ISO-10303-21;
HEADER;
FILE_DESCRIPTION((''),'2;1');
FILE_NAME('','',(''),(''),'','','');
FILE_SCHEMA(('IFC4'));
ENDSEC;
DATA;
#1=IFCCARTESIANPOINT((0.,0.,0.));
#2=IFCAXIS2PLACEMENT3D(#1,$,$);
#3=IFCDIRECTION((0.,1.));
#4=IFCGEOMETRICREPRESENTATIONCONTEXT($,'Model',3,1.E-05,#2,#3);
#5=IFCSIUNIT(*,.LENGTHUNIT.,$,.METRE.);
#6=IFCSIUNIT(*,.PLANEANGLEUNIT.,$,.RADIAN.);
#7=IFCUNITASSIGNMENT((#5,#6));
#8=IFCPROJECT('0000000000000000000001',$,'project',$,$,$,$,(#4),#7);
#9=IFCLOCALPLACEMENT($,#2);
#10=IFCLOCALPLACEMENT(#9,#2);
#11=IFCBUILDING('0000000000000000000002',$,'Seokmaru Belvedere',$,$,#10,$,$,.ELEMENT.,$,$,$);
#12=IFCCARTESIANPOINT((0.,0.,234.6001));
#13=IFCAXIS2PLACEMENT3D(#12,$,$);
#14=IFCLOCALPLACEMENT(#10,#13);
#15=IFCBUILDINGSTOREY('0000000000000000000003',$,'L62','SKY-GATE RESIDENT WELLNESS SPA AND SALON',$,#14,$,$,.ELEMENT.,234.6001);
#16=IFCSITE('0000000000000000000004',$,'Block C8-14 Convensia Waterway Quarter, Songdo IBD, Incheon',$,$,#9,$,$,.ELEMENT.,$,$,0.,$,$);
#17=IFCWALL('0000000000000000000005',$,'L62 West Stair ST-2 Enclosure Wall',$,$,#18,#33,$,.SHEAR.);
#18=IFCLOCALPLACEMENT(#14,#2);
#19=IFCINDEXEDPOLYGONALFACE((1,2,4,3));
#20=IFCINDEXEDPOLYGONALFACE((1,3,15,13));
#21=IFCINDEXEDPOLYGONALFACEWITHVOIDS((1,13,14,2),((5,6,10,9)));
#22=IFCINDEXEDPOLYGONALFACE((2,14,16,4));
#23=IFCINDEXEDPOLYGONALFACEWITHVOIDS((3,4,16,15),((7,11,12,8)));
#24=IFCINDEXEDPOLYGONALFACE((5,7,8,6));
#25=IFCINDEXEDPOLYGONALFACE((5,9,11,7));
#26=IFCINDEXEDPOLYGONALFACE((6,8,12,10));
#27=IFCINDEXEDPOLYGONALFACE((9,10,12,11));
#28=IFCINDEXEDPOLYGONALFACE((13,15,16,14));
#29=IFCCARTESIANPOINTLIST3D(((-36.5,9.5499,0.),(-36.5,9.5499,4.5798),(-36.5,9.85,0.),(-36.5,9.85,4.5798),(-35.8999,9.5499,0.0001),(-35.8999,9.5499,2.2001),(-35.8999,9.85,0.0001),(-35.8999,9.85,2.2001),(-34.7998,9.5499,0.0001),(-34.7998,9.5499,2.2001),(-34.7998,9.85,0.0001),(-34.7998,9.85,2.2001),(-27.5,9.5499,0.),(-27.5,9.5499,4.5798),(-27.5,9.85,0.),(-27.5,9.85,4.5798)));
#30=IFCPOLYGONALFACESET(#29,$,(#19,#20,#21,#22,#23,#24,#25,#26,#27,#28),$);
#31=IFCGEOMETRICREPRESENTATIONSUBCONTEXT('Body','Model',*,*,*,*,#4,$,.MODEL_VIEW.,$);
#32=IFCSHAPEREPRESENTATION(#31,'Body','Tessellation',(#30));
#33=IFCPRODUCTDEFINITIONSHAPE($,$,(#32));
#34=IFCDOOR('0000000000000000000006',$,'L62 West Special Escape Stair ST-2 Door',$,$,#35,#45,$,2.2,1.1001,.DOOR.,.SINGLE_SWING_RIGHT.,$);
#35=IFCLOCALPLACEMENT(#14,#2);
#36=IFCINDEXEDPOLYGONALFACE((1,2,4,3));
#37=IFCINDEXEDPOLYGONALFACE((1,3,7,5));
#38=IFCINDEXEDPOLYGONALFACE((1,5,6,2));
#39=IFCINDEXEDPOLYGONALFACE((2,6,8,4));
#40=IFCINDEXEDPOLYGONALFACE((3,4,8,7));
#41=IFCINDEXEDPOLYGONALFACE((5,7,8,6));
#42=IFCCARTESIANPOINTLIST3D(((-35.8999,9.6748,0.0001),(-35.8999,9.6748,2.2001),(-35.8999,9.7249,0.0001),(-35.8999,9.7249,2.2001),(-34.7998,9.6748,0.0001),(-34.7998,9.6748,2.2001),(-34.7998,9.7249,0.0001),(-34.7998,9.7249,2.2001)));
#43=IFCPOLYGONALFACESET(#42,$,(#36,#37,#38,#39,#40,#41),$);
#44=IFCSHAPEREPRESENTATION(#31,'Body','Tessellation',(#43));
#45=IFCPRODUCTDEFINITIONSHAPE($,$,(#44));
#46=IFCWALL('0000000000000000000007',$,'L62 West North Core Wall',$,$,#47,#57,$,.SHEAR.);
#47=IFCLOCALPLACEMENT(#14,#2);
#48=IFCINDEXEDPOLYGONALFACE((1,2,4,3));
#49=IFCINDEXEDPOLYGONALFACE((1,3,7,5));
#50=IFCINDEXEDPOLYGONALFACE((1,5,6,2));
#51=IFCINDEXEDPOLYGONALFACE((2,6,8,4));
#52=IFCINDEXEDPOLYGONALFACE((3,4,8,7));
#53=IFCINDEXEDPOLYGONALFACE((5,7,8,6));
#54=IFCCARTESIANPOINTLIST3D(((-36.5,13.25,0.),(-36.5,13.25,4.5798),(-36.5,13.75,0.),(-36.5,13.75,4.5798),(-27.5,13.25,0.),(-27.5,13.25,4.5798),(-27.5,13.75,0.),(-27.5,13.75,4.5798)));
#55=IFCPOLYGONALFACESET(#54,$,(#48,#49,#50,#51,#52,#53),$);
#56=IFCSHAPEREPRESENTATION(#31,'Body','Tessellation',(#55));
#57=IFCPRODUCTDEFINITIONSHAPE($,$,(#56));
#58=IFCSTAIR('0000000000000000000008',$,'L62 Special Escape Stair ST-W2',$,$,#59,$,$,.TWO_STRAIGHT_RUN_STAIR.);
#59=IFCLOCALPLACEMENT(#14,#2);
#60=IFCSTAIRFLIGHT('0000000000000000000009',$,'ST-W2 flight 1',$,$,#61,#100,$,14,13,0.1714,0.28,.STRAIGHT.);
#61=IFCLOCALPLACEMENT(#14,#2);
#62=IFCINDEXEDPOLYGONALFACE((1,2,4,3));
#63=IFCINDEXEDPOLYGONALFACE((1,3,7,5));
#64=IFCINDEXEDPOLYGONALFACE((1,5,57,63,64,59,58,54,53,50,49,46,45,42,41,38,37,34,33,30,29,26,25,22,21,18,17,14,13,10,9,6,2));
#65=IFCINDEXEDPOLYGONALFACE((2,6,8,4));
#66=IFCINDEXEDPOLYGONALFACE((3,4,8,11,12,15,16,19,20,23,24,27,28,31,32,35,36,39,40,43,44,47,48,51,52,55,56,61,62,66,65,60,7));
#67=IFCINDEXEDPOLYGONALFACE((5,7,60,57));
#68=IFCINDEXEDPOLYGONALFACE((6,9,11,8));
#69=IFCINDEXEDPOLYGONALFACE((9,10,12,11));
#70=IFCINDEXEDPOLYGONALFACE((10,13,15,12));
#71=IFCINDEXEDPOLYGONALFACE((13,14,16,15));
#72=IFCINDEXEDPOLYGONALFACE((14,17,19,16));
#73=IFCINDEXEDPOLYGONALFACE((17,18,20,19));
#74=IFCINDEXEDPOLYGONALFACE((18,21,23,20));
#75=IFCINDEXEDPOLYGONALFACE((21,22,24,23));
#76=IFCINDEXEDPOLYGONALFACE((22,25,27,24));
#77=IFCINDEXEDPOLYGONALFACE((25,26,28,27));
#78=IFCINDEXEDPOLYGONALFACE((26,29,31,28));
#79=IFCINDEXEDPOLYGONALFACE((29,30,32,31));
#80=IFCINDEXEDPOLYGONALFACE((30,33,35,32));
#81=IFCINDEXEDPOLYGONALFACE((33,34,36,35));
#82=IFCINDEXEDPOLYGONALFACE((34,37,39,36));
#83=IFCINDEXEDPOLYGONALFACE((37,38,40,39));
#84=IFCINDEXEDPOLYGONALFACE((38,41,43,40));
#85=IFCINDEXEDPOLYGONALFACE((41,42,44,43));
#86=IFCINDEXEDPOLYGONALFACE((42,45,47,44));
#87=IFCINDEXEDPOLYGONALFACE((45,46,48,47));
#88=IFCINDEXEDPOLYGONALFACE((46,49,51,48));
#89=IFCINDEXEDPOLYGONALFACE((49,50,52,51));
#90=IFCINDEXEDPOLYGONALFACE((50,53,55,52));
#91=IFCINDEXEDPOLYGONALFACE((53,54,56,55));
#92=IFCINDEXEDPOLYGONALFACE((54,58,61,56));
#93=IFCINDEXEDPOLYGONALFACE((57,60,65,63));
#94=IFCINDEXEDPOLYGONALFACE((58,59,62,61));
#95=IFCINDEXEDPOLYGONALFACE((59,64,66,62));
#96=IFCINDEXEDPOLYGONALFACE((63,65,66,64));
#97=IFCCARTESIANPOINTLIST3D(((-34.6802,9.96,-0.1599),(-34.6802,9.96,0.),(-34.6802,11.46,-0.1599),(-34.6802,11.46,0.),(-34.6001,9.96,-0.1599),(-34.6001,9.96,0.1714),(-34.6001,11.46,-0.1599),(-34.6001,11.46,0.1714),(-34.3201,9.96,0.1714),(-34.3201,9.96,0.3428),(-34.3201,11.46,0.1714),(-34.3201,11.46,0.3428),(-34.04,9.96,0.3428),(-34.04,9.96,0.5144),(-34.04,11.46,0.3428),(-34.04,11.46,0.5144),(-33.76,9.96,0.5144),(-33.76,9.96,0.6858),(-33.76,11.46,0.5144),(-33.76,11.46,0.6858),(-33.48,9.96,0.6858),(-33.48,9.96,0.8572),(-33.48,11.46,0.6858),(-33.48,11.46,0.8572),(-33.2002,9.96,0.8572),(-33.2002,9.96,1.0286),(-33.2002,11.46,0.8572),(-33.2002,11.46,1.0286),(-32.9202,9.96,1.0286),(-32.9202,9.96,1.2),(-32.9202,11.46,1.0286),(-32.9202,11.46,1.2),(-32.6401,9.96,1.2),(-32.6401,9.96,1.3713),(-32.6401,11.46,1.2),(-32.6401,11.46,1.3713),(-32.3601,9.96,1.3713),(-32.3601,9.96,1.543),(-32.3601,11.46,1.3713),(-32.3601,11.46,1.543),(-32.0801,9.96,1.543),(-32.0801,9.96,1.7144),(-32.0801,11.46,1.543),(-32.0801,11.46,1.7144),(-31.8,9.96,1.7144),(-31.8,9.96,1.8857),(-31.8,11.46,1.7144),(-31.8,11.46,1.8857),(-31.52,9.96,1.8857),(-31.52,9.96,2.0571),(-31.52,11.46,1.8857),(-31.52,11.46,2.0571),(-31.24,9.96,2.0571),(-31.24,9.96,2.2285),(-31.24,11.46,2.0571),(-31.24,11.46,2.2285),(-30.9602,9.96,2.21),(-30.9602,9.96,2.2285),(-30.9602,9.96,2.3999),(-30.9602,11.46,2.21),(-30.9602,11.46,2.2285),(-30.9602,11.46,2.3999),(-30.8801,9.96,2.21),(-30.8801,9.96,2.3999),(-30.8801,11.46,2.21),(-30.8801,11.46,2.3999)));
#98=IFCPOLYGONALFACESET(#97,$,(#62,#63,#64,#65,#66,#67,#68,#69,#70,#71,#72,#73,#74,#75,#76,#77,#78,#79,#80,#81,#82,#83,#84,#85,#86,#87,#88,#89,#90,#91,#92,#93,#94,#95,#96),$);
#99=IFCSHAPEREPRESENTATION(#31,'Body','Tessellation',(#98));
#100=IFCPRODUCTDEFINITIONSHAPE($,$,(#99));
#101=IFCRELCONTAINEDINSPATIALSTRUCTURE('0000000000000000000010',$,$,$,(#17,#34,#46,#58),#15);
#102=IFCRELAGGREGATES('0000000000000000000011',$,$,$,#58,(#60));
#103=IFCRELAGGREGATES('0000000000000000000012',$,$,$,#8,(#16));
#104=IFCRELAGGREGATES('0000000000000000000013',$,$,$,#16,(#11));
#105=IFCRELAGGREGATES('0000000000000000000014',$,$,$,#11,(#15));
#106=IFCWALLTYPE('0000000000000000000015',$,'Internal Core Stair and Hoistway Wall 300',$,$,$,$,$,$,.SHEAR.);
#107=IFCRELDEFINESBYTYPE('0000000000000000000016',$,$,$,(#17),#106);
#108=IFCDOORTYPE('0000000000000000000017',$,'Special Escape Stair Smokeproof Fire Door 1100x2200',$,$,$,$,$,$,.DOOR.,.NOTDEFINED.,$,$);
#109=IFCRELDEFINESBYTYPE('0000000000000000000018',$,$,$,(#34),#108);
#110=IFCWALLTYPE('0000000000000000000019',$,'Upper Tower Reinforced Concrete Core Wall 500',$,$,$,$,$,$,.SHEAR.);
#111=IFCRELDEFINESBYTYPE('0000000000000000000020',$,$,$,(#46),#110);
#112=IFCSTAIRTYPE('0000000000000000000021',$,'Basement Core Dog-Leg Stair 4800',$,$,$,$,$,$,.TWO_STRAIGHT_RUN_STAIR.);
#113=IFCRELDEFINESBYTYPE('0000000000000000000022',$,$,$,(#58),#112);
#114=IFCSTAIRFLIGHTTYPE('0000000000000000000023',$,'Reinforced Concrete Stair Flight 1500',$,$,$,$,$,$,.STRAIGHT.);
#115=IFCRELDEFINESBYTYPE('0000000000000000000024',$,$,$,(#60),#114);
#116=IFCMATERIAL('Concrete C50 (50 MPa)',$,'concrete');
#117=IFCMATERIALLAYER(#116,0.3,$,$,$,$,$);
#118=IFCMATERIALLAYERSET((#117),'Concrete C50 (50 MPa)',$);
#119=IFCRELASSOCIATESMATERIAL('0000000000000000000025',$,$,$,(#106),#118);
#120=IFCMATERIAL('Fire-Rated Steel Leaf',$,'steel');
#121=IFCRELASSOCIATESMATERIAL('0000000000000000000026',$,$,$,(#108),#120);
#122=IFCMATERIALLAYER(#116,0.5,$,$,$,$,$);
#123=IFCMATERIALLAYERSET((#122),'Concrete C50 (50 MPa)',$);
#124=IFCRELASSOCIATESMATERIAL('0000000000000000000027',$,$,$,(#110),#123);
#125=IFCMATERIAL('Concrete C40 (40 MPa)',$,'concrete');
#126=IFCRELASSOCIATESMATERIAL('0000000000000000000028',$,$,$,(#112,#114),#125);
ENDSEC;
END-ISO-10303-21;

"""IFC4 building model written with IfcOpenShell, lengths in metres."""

from ifc_helpers import new_model, si_unit, direction, frame, frame_2d, origin, place, context, subcontext, project, spatial, polyline, rectangle, outline, extrude, source, transform, mapped, material, layer, layer_set, type_object, type_shapes, element, fill, aggregate, save


model = new_model("IFC4")

# Units and contexts
model_context = context("Model", 3, precision=1e-05, world=origin(), true_north=direction((0.0, 1.0)))
body_context = subcontext(model_context, "Body", "Model", "MODEL_VIEW")
ifc_project = project(units=[si_unit("LENGTHUNIT", "METRE"), si_unit("PLANEANGLEUNIT", "RADIAN")], contexts=[model_context])

# Site, building, storey
site_placement = place(None, origin())
site = spatial("IfcSite", under=ifc_project, at=site_placement, Name="Block C8-14 Convensia Waterway Quarter, Songdo IBD, Incheon", CompositionType="ELEMENT", RefElevation=0.0)
building_placement = place(site_placement, origin())
building = spatial("IfcBuilding", under=site, at=building_placement, Name="Seokmaru Belvedere", CompositionType="ELEMENT")
storey_placement = place(building_placement, frame((0.0, 0.0, 234.6001)))
storey = spatial("IfcBuildingStorey", under=building, at=storey_placement, Name="L62", Description="SKY-GATE RESIDENT WELLNESS SPA AND SALON", CompositionType="ELEMENT", Elevation=234.6001)

# Shared definitions
ifc_material_1 = material(Name="Fire-Rated Steel Leaf", Category="steel")

# Wall, opening, door
ifc_material_2 = material(Name="Concrete C50 (50 MPa)", Category="concrete")
ifc_layer_1 = layer(ifc_material_2, 0.3)
ifc_layer_set_1 = layer_set([ifc_layer_1], Name="Concrete C50 (50 MPa)")
wall_type_1 = type_object("IfcWallType", Name="Internal Core Stair and Hoistway Wall 300", PredefinedType="SHEAR", material=ifc_layer_set_1)
wall_1_placement = place(storey_placement, frame((-36.5, 9.7, 0.0), z_axis=(0.0, 0.0, 1.0), x_axis=(1.0, 0.0, 0.0)))
wall_1 = element("IfcWall", 1, at=wall_1_placement, inside=storey, type_object=wall_type_1, Name="L62 West Stair ST-2 Enclosure Wall", PredefinedType="SHEAR", context=body_context, shape_type="SweptSolid", body=[
    extrude(rectangle(XDim=9.0, YDim=0.3, at=frame_2d((4.5, 0.0))), origin(), (0.0, 0.0, 1.0), 4.5798),
])
opening_1_placement = place(wall_1_placement, frame((0.6001, 0.0, 0.0)))
opening_1 = element("IfcOpeningElement", 2, at=opening_1_placement, cuts=wall_1, PredefinedType="OPENING", context=body_context, shape_type="SweptSolid", body=[
    extrude(rectangle(XDim=1.1001, YDim=2.2, at=frame_2d((0.55, 1.1001))), frame((0.0, 0.1602, 0.0), z_axis=(0.0, -1.0, 0.0), x_axis=(1.0, 0.0, 0.0)), (0.0, 0.0, 1.0), 0.3201),
])
door_type_1 = type_object("IfcDoorType", Name="Special Escape Stair Smokeproof Fire Door 1100x2200", OperationType="NOTDEFINED", PredefinedType="DOOR", material=ifc_material_1)
shared_shape_1 = source(origin(), body_context, "Body", "SweptSolid", [
    extrude(rectangle(XDim=1.1001, YDim=2.2, at=frame_2d((0.55, 1.1001))), frame((0.0, 0.0249, 0.0), z_axis=(0.0, -1.0, 0.0), x_axis=(1.0, 0.0, 0.0)), (0.0, 0.0, 1.0), 0.05),
])
type_shapes(door_type_1, [shared_shape_1])
door_1_placement = place(opening_1_placement, origin())
door_1 = element("IfcDoor", 3, at=door_1_placement, inside=storey, type_object=door_type_1, Name="L62 West Special Escape Stair ST-2 Door", OperationType="SINGLE_SWING_RIGHT", OverallHeight=2.2, OverallWidth=1.1001, PredefinedType="DOOR", context=body_context, shape_type="MappedRepresentation", body=[
    mapped(shared_shape_1, transform((0.0, 0.0, 0.0), scale=1.0)),
])
fill(opening_1, door_1)

# Wall
ifc_layer_2 = layer(ifc_material_2, 0.5)
ifc_layer_set_2 = layer_set([ifc_layer_2], Name="Concrete C50 (50 MPa)")
wall_type_2 = type_object("IfcWallType", Name="Upper Tower Reinforced Concrete Core Wall 500", PredefinedType="SHEAR", material=ifc_layer_set_2)
wall_2_placement = place(storey_placement, frame((-36.5, 13.5, 0.0), z_axis=(0.0, 0.0, 1.0), x_axis=(1.0, 0.0, 0.0)))
element("IfcWall", 4, at=wall_2_placement, inside=storey, type_object=wall_type_2, Name="L62 West North Core Wall", PredefinedType="SHEAR", context=body_context, shape_type="SweptSolid", body=[
    extrude(rectangle(XDim=9.0, YDim=0.5, at=frame_2d((4.5, 0.0))), origin(), (0.0, 0.0, 1.0), 4.5798),
])

# Stair, stair flight
ifc_material_3 = material(Name="Concrete C40 (40 MPa)", Category="concrete")
stair_type = type_object("IfcStairType", Name="Basement Core Dog-Leg Stair 4800", PredefinedType="TWO_STRAIGHT_RUN_STAIR", material=ifc_material_3)
stair_placement = place(storey_placement, origin())
stair = element("IfcStair", 5, at=stair_placement, inside=storey, type_object=stair_type, Name="L62 Special Escape Stair ST-W2", PredefinedType="TWO_STRAIGHT_RUN_STAIR")
stair_flight_type = type_object("IfcStairFlightType", Name="Reinforced Concrete Stair Flight 1500", PredefinedType="STRAIGHT", material=ifc_material_3)
stair_flight_placement = place(storey_placement, frame((-34.6001, 10.71, 0.0), z_axis=(0.0, 0.0, 1.0), x_axis=(1.0, 0.0, 0.0)))
stair_flight = element("IfcStairFlight", 6, at=stair_flight_placement, type_object=stair_flight_type, Name="ST-W2 flight 1", NumberOfRisers=14, NumberOfTreads=13, PredefinedType="STRAIGHT", RiserHeight=0.1714, TreadLength=0.28, context=body_context, shape_type="SweptSolid", body=[
    extrude(outline(polyline([(-0.0801, 0.0), (0.0, 0.1714), (0.28, 0.1714), (0.28, 0.3428), (0.5601, 0.3428), (0.5601, 0.5144), (0.8401, 0.5144), (0.8401, 0.6858), (1.1201, 0.6858), (1.1201, 0.8572), (1.3999, 0.8572), (1.3999, 1.0286), (1.6799, 1.0286), (1.6799, 1.2), (1.96, 1.2), (1.96, 1.3713), (2.24, 1.3713), (2.24, 1.543), (2.52, 1.543), (2.52, 1.7144), (2.8, 1.7144), (2.8, 1.8857), (3.0801, 1.8857), (3.0801, 2.0571), (3.3601, 2.0571), (3.3601, 2.2285), (3.6399, 2.2285), (3.6399, 2.3999), (3.72, 2.3999), (3.72, 2.21), (3.6399, 2.21), (0.0, -0.1599), (-0.0801, -0.1599), (-0.0801, 0.0)])), frame((0.0, 0.75, 0.0), z_axis=(0.0, -1.0, 0.0), x_axis=(1.0, 0.0, 0.0)), (0.0, 0.0, 1.0), 1.5),
])
aggregate(stair, [stair_flight])

save(model, "model.ifc")
